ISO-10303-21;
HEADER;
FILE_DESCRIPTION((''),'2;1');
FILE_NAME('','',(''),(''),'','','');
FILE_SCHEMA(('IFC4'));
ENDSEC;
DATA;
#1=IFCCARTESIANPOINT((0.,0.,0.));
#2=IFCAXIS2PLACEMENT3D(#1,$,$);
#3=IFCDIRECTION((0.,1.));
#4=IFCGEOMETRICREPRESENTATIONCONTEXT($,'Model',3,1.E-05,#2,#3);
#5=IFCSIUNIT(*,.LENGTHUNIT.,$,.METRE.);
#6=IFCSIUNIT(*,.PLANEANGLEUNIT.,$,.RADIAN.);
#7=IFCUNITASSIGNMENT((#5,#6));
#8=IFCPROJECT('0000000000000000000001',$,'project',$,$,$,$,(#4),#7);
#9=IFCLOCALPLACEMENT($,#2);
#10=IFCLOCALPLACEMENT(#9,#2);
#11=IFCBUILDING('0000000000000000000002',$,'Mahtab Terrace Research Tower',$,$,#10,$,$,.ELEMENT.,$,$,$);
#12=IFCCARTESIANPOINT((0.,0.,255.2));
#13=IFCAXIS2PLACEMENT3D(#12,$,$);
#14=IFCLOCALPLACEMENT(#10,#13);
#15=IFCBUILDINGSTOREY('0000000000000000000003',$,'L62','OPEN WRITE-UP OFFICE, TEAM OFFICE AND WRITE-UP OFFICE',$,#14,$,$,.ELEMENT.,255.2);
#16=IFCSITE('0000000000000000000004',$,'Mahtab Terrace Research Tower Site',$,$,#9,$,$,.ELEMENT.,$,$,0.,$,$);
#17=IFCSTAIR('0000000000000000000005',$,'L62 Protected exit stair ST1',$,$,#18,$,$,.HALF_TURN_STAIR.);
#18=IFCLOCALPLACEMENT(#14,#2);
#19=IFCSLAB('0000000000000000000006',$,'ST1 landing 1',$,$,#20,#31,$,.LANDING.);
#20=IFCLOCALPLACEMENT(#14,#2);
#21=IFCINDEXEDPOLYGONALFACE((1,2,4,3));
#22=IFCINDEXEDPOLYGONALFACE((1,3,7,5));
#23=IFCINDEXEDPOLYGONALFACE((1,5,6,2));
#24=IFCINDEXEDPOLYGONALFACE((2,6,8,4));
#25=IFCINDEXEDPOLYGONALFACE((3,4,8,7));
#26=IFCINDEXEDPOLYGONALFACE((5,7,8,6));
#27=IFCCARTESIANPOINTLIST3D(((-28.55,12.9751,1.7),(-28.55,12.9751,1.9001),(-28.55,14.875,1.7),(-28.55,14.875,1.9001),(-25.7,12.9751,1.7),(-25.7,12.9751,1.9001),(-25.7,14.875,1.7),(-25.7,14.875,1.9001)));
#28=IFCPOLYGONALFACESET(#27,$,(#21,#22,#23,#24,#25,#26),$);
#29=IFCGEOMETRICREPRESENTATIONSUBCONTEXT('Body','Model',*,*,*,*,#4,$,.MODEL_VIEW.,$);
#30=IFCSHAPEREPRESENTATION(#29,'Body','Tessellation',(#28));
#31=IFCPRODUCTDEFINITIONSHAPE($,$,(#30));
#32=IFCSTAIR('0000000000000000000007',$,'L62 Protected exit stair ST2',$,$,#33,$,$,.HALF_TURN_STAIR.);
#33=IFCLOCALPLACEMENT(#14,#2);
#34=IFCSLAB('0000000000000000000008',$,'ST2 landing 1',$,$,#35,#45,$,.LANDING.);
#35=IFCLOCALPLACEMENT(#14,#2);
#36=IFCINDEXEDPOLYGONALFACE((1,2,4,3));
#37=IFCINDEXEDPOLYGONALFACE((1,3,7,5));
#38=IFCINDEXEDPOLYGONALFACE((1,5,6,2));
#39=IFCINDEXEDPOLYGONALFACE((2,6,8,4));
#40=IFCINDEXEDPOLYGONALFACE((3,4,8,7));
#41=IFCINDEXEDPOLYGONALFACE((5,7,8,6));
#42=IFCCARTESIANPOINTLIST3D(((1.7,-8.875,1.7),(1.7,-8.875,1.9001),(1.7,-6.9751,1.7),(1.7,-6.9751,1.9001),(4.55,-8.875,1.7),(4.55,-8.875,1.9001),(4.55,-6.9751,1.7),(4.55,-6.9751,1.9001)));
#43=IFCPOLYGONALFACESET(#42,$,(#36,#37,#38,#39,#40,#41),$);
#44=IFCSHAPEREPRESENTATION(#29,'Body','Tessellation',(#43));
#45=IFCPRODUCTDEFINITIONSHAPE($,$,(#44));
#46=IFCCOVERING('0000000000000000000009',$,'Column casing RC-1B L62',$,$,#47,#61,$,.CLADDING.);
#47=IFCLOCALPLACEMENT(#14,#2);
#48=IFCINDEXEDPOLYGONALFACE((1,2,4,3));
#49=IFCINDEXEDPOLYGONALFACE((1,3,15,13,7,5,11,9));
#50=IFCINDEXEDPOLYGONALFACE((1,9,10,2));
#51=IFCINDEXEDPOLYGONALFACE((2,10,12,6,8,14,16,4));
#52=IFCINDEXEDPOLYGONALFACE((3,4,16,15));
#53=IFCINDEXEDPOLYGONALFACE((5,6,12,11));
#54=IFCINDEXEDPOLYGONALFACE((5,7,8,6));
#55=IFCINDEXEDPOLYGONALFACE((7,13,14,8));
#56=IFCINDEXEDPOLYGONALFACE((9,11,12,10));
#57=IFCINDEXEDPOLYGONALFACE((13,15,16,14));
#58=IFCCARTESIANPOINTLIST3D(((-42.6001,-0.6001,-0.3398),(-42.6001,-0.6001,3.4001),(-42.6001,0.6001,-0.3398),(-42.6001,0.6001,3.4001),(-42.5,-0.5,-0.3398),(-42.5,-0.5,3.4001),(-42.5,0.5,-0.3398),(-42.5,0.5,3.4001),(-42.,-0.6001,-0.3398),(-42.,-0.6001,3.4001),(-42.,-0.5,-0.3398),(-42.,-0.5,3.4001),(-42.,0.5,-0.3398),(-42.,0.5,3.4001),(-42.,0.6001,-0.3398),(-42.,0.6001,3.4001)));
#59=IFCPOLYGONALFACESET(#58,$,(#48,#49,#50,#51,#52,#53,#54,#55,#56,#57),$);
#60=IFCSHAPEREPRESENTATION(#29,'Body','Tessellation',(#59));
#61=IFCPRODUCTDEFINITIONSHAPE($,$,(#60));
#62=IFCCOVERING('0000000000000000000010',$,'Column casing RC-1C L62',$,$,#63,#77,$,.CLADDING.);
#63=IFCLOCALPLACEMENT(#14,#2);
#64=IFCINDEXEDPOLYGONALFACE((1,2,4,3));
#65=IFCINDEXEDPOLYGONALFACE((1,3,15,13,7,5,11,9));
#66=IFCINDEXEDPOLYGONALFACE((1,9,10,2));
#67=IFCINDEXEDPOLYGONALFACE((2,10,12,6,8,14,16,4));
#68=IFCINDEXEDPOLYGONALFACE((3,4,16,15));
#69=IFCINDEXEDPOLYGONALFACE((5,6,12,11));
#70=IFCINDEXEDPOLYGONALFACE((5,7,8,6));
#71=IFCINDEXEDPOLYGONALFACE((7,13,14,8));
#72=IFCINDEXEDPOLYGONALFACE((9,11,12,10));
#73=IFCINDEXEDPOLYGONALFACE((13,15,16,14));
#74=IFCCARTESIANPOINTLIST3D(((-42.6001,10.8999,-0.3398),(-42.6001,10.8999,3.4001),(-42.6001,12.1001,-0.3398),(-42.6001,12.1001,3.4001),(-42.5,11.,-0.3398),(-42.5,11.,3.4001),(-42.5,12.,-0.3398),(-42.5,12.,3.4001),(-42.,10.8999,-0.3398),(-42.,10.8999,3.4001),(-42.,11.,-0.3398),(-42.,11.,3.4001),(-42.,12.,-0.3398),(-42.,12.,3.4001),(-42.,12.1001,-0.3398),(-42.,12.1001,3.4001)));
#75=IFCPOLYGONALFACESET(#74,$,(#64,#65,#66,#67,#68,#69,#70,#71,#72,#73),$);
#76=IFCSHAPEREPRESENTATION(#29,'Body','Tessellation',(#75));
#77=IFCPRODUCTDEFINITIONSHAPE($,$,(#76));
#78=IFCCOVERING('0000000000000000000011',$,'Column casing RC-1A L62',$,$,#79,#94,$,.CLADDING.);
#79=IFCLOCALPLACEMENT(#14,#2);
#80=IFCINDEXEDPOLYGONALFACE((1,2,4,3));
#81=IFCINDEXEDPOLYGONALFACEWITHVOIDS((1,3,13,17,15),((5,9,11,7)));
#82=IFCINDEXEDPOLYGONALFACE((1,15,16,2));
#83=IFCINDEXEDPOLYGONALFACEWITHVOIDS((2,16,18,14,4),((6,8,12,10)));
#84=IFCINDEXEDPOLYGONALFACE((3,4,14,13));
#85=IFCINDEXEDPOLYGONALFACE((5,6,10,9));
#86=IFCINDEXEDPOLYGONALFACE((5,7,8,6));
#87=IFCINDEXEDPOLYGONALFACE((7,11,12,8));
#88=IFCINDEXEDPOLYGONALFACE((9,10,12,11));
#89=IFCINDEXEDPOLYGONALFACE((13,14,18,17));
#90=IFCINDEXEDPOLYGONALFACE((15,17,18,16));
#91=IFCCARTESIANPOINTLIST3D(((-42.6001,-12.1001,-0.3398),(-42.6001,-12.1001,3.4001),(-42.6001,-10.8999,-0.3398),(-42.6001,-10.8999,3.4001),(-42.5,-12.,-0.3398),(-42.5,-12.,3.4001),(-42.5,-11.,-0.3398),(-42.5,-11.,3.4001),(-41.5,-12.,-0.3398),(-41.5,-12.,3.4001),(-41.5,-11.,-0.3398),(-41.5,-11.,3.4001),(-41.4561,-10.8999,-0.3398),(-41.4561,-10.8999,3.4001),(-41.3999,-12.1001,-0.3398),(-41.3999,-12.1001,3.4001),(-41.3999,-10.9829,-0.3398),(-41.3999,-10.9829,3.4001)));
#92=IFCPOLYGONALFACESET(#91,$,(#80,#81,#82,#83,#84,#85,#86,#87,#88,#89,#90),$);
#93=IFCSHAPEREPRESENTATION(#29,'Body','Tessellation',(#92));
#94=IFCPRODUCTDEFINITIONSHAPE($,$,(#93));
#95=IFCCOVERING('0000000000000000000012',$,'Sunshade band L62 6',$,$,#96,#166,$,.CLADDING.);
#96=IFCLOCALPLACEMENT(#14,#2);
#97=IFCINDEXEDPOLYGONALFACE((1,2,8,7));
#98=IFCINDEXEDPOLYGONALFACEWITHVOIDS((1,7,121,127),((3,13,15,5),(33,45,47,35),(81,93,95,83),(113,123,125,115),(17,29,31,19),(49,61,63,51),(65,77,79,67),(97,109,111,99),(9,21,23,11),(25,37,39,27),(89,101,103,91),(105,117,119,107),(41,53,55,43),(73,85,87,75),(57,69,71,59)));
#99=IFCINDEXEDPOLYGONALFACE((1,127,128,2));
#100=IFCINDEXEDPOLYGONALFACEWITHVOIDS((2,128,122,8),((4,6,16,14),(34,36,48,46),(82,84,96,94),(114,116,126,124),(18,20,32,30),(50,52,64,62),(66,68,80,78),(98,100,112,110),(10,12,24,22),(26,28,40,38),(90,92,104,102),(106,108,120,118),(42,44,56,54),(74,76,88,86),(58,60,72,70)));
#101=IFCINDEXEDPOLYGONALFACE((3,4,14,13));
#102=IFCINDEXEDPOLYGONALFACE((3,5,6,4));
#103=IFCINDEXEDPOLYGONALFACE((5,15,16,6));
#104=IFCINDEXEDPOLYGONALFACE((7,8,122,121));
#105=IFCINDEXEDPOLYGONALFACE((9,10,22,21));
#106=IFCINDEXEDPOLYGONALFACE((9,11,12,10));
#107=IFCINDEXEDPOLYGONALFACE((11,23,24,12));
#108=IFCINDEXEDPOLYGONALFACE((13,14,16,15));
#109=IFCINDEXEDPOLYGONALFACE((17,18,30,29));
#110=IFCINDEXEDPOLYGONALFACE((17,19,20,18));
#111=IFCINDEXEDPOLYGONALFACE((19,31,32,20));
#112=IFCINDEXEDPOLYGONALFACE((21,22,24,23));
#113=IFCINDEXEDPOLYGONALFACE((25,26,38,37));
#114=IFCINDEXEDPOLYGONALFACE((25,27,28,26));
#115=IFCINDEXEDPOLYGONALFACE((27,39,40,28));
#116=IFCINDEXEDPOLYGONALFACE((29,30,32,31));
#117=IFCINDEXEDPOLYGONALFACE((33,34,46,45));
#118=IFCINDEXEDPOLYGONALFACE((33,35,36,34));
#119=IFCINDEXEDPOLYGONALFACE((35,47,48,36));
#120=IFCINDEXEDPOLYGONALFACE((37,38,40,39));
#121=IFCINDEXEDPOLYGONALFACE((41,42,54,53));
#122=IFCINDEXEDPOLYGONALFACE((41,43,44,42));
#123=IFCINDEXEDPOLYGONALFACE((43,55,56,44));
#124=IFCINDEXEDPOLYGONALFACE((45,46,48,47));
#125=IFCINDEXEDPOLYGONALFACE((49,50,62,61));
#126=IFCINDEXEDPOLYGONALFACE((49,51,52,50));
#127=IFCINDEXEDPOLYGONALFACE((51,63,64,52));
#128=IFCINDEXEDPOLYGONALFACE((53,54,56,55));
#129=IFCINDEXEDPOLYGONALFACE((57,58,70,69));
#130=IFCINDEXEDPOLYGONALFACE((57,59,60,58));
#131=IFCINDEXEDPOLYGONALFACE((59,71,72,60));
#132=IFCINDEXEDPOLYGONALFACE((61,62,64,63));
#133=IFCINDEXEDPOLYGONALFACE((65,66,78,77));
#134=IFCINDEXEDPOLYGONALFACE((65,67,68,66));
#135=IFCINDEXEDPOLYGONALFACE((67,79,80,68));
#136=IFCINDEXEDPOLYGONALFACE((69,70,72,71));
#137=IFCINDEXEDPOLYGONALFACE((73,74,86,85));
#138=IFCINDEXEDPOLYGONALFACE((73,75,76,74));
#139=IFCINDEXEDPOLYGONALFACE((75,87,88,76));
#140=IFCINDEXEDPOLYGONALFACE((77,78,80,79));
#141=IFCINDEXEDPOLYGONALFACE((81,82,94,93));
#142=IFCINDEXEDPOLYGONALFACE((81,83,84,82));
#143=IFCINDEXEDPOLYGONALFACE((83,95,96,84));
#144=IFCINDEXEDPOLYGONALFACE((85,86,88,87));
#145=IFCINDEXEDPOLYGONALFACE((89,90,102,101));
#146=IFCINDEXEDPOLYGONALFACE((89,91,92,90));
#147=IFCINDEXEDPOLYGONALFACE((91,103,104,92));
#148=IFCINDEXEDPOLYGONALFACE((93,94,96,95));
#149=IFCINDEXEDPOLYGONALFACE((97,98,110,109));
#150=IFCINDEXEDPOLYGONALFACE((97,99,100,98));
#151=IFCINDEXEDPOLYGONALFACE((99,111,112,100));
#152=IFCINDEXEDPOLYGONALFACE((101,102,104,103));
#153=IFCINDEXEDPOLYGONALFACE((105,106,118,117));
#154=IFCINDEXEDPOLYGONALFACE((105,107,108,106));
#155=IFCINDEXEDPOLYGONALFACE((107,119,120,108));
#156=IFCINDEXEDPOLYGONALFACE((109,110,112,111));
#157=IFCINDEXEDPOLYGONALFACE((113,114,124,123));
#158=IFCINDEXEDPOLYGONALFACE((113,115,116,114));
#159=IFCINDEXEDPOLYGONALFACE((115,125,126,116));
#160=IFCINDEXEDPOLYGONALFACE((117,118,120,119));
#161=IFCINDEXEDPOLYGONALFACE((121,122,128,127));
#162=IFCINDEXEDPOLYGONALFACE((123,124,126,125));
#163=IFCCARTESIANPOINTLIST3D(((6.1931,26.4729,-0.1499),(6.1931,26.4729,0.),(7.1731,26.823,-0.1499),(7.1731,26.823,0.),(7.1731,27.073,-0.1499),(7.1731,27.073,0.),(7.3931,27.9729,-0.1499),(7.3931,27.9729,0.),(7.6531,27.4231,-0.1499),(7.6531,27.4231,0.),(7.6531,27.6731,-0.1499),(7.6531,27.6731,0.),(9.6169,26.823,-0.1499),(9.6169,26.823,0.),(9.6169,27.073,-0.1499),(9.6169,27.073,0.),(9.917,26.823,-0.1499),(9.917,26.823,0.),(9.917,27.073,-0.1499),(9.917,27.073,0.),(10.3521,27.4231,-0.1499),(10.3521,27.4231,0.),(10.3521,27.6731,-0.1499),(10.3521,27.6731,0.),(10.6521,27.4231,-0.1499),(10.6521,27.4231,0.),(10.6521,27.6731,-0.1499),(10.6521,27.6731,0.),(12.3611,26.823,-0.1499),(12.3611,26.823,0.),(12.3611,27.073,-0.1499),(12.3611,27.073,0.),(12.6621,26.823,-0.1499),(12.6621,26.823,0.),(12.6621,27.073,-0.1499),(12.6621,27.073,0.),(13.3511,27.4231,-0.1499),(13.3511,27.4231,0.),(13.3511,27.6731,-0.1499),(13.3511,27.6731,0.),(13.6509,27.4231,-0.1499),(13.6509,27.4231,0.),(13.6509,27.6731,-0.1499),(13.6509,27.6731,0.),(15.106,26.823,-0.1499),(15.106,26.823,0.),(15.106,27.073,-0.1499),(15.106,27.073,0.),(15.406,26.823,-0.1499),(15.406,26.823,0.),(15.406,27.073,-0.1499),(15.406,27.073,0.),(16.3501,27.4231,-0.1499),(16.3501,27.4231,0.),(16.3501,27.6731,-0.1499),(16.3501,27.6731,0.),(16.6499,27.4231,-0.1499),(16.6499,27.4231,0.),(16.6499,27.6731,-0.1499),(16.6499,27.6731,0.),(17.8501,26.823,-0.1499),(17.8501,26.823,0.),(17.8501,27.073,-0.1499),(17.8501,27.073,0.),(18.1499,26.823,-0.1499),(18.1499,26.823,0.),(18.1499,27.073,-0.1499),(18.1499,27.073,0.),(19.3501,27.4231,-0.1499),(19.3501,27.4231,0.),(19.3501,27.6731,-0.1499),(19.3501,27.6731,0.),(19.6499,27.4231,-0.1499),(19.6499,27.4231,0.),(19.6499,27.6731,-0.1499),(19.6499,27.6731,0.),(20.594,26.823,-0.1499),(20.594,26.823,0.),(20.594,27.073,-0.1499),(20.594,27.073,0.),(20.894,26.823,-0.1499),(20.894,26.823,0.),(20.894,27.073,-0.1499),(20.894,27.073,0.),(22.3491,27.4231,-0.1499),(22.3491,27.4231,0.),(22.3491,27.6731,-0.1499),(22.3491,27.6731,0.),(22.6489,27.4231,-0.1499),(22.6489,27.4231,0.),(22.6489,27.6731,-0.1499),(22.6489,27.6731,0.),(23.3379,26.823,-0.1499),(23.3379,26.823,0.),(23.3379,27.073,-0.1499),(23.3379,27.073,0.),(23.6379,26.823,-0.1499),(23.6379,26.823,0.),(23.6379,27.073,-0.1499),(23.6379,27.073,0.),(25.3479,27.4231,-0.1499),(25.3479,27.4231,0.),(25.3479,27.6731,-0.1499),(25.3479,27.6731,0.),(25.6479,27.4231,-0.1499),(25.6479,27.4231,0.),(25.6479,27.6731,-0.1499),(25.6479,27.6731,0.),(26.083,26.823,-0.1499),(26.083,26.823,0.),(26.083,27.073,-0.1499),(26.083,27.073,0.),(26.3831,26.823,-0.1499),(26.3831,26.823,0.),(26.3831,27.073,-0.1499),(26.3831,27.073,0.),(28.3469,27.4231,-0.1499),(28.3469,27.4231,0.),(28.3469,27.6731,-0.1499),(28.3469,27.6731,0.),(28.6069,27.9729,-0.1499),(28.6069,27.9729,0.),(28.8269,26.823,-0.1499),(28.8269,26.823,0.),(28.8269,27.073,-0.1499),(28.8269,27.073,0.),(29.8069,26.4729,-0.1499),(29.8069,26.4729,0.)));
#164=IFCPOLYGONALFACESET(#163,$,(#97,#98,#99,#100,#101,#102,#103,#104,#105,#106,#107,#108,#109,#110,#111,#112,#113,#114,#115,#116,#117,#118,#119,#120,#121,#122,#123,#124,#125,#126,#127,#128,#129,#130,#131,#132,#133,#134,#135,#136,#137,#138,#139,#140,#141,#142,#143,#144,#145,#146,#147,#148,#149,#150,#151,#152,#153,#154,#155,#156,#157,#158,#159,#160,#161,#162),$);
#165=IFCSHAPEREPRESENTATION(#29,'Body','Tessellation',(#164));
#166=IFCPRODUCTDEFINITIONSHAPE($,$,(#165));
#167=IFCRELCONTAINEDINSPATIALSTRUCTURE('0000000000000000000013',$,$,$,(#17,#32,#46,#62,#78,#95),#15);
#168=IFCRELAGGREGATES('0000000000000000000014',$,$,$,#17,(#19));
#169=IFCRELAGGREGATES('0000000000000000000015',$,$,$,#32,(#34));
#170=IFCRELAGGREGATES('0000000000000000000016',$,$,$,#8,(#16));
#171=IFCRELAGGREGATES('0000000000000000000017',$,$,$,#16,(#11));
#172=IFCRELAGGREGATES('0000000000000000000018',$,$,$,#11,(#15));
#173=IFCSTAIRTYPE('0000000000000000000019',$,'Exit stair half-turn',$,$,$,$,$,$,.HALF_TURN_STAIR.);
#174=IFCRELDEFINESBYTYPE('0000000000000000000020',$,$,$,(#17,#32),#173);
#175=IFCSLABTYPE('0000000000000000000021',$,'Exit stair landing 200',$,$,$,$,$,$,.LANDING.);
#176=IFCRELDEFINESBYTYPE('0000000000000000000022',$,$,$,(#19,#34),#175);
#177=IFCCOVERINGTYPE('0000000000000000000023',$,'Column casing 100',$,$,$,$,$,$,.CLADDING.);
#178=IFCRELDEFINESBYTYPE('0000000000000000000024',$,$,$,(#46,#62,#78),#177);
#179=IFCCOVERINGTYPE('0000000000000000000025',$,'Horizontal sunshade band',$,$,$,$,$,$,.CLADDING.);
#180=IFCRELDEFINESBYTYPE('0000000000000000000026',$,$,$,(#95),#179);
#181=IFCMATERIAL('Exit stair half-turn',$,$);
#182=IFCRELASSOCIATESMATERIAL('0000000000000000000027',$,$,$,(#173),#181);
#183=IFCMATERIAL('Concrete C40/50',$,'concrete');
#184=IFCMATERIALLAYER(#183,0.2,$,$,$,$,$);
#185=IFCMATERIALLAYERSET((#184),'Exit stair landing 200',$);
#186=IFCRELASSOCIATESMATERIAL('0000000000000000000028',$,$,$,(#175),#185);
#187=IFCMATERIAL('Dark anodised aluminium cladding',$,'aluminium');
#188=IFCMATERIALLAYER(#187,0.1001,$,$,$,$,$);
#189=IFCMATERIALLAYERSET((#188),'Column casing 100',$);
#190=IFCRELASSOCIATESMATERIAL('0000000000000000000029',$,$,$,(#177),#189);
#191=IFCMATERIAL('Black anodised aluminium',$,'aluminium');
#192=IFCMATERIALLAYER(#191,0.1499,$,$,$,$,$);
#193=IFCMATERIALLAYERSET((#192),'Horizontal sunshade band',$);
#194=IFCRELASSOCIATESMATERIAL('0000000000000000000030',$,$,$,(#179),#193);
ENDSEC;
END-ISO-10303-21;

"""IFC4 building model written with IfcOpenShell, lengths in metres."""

from ifc_helpers import new_model, si_unit, direction, frame, origin, place, context, subcontext, project, spatial, polyline, outline, extrude, material, layer, layer_set, type_object, element, aggregate, save


model = new_model("IFC4")

# Units and contexts
model_context = context("Model", 3, precision=1e-05, world=origin(), true_north=direction((0.0, 1.0)))
body_context = subcontext(model_context, "Body", "Model", "MODEL_VIEW")
ifc_project = project(units=[si_unit("LENGTHUNIT", "METRE"), si_unit("PLANEANGLEUNIT", "RADIAN")], contexts=[model_context])

# Site, building, storey
site_placement = place(None, origin())
site = spatial("IfcSite", under=ifc_project, at=site_placement, Name="Mahtab Terrace Research Tower Site", CompositionType="ELEMENT", RefElevation=0.0)
building_placement = place(site_placement, origin())
building = spatial("IfcBuilding", under=site, at=building_placement, Name="Mahtab Terrace Research Tower", CompositionType="ELEMENT")
storey_placement = place(building_placement, frame((0.0, 0.0, 255.2)))
storey = spatial("IfcBuildingStorey", under=building, at=storey_placement, Name="L62", Description="OPEN WRITE-UP OFFICE, TEAM OFFICE AND WRITE-UP OFFICE", CompositionType="ELEMENT", Elevation=255.2)

# Stairs, slabs
ifc_material_1 = material(Name="Exit stair half-turn")
stair_type = type_object("IfcStairType", Name="Exit stair half-turn", PredefinedType="HALF_TURN_STAIR", material=ifc_material_1)
stair_1_placement = place(storey_placement, origin())
stair_1 = element("IfcStair", 1, at=stair_1_placement, inside=storey, type_object=stair_type, Name="L62 Protected exit stair ST1", PredefinedType="HALF_TURN_STAIR")
ifc_material_2 = material(Name="Concrete C40/50", Category="concrete")
ifc_layer_1 = layer(ifc_material_2, 0.2)
ifc_layer_set_1 = layer_set([ifc_layer_1], Name="Exit stair landing 200")
slab_type = type_object("IfcSlabType", Name="Exit stair landing 200", PredefinedType="LANDING", material=ifc_layer_set_1)
slab_1_placement = place(storey_placement, frame((0.0, 0.0, 1.7)))
slab_1 = element("IfcSlab", 2, at=slab_1_placement, type_object=slab_type, Name="ST1 landing 1", PredefinedType="LANDING", context=body_context, shape_type="SweptSolid", body=[
    extrude(outline(polyline([(-25.7, 12.9751), (-25.7, 14.875), (-28.55, 14.875), (-28.55, 12.9751), (-25.7, 12.9751)])), origin(), (0.0, 0.0, 1.0), 0.2002),
])
aggregate(stair_1, [slab_1])
stair_2_placement = place(storey_placement, origin())
stair_2 = element("IfcStair", 3, at=stair_2_placement, inside=storey, type_object=stair_type, Name="L62 Protected exit stair ST2", PredefinedType="HALF_TURN_STAIR")
slab_2_placement = place(storey_placement, frame((0.0, 0.0, 1.7)))
slab_2 = element("IfcSlab", 4, at=slab_2_placement, type_object=slab_type, Name="ST2 landing 1", PredefinedType="LANDING", context=body_context, shape_type="SweptSolid", body=[
    extrude(outline(polyline([(1.7, -6.9751), (1.7, -8.875), (4.55, -8.875), (4.55, -6.9751), (1.7, -6.9751)])), origin(), (0.0, 0.0, 1.0), 0.2002),
])
aggregate(stair_2, [slab_2])

# Coverings
ifc_material_3 = material(Name="Dark anodised aluminium cladding", Category="aluminium")
ifc_layer_2 = layer(ifc_material_3, 0.1001)
ifc_layer_set_2 = layer_set([ifc_layer_2], Name="Column casing 100")
covering_type_1 = type_object("IfcCoveringType", Name="Column casing 100", PredefinedType="CLADDING", material=ifc_layer_set_2)
covering_1_placement = place(storey_placement, frame((0.0, 0.0, -0.3398)))
element("IfcCovering", 5, at=covering_1_placement, inside=storey, type_object=covering_type_1, Name="Column casing RC-1B L62", PredefinedType="CLADDING", context=body_context, shape_type="SweptSolid", body=[
    extrude(outline(polyline([(-42.6001, 0.6001), (-42.0, 0.6001), (-42.0, 0.5), (-42.5, 0.5), (-42.5, -0.5), (-42.0, -0.5), (-42.0, -0.6001), (-42.6001, -0.6001), (-42.6001, 0.6001)])), origin(), (0.0, 0.0, 1.0), 3.74),
])
covering_2_placement = place(storey_placement, frame((0.0, 0.0, -0.3398)))
element("IfcCovering", 6, at=covering_2_placement, inside=storey, type_object=covering_type_1, Name="Column casing RC-1C L62", PredefinedType="CLADDING", context=body_context, shape_type="SweptSolid", body=[
    extrude(outline(polyline([(-42.6001, 12.1001), (-42.0, 12.1001), (-42.0, 12.0), (-42.5, 12.0), (-42.5, 11.0), (-42.0, 11.0), (-42.0, 10.8999), (-42.6001, 10.8999), (-42.6001, 12.1001)])), origin(), (0.0, 0.0, 1.0), 3.74),
])
covering_3_placement = place(storey_placement, frame((0.0, 0.0, -0.3398)))
element("IfcCovering", 7, at=covering_3_placement, inside=storey, type_object=covering_type_1, Name="Column casing RC-1A L62", PredefinedType="CLADDING", context=body_context, shape_type="SweptSolid", body=[
    extrude(outline(polyline([(-42.6001, -10.8999), (-41.4561, -10.8999), (-41.3999, -10.9829), (-41.3999, -12.1001), (-42.6001, -12.1001), (-42.6001, -10.8999)]), holes=[polyline([(-42.5, -11.0), (-42.5, -12.0), (-41.5, -12.0), (-41.5, -11.0), (-42.5, -11.0)])]), origin(), (0.0, 0.0, 1.0), 3.74),
])
ifc_material_4 = material(Name="Black anodised aluminium", Category="aluminium")
ifc_layer_3 = layer(ifc_material_4, 0.1499)
ifc_layer_set_3 = layer_set([ifc_layer_3], Name="Horizontal sunshade band")
covering_type_2 = type_object("IfcCoveringType", Name="Horizontal sunshade band", PredefinedType="CLADDING", material=ifc_layer_set_3)
covering_4_placement = place(storey_placement, frame((0.0, 0.0, -0.1499)))
element("IfcCovering", 8, at=covering_4_placement, inside=storey, type_object=covering_type_2, Name="Sunshade band L62 6", PredefinedType="CLADDING", context=body_context, shape_type="SweptSolid", body=[
    extrude(outline(polyline([(29.8069, 26.4729), (6.1931, 26.4729), (7.3931, 27.9729), (28.6069, 27.9729), (29.8069, 26.4729)]), holes=[polyline([(28.8269, 26.823), (26.3831, 26.823), (26.3831, 27.073), (28.8269, 27.073), (28.8269, 26.823)]), polyline([(26.083, 26.823), (23.6379, 26.823), (23.6379, 27.073), (26.083, 27.073), (26.083, 26.823)]), polyline([(23.3379, 26.823), (20.894, 26.823), (20.894, 27.073), (23.3379, 27.073), (23.3379, 26.823)]), polyline([(20.594, 26.823), (18.1499, 26.823), (18.1499, 27.073), (20.594, 27.073), (20.594, 26.823)]), polyline([(17.8501, 26.823), (15.406, 26.823), (15.406, 27.073), (17.8501, 27.073), (17.8501, 26.823)]), polyline([(15.106, 26.823), (12.6621, 26.823), (12.6621, 27.073), (15.106, 27.073), (15.106, 26.823)]), polyline([(12.3611, 26.823), (9.917, 26.823), (9.917, 27.073), (12.3611, 27.073), (12.3611, 26.823)]), polyline([(9.6169, 26.823), (7.1731, 26.823), (7.1731, 27.073), (9.6169, 27.073), (9.6169, 26.823)]), polyline([(28.3469, 27.4231), (25.6479, 27.4231), (25.6479, 27.6731), (28.3469, 27.6731), (28.3469, 27.4231)]), polyline([(25.3479, 27.4231), (22.6489, 27.4231), (22.6489, 27.6731), (25.3479, 27.6731), (25.3479, 27.4231)]), polyline([(22.3491, 27.4231), (19.6499, 27.4231), (19.6499, 27.6731), (22.3491, 27.6731), (22.3491, 27.4231)]), polyline([(19.3501, 27.4231), (16.6499, 27.4231), (16.6499, 27.6731), (19.3501, 27.6731), (19.3501, 27.4231)]), polyline([(16.3501, 27.4231), (13.6509, 27.4231), (13.6509, 27.6731), (16.3501, 27.6731), (16.3501, 27.4231)]), polyline([(13.3511, 27.4231), (10.6521, 27.4231), (10.6521, 27.6731), (13.3511, 27.6731), (13.3511, 27.4231)]), polyline([(10.3521, 27.4231), (7.6531, 27.4231), (7.6531, 27.6731), (10.3521, 27.6731), (10.3521, 27.4231)])]), origin(), (0.0, 0.0, 1.0), 0.1499),
])

save(model, "model.ifc")
